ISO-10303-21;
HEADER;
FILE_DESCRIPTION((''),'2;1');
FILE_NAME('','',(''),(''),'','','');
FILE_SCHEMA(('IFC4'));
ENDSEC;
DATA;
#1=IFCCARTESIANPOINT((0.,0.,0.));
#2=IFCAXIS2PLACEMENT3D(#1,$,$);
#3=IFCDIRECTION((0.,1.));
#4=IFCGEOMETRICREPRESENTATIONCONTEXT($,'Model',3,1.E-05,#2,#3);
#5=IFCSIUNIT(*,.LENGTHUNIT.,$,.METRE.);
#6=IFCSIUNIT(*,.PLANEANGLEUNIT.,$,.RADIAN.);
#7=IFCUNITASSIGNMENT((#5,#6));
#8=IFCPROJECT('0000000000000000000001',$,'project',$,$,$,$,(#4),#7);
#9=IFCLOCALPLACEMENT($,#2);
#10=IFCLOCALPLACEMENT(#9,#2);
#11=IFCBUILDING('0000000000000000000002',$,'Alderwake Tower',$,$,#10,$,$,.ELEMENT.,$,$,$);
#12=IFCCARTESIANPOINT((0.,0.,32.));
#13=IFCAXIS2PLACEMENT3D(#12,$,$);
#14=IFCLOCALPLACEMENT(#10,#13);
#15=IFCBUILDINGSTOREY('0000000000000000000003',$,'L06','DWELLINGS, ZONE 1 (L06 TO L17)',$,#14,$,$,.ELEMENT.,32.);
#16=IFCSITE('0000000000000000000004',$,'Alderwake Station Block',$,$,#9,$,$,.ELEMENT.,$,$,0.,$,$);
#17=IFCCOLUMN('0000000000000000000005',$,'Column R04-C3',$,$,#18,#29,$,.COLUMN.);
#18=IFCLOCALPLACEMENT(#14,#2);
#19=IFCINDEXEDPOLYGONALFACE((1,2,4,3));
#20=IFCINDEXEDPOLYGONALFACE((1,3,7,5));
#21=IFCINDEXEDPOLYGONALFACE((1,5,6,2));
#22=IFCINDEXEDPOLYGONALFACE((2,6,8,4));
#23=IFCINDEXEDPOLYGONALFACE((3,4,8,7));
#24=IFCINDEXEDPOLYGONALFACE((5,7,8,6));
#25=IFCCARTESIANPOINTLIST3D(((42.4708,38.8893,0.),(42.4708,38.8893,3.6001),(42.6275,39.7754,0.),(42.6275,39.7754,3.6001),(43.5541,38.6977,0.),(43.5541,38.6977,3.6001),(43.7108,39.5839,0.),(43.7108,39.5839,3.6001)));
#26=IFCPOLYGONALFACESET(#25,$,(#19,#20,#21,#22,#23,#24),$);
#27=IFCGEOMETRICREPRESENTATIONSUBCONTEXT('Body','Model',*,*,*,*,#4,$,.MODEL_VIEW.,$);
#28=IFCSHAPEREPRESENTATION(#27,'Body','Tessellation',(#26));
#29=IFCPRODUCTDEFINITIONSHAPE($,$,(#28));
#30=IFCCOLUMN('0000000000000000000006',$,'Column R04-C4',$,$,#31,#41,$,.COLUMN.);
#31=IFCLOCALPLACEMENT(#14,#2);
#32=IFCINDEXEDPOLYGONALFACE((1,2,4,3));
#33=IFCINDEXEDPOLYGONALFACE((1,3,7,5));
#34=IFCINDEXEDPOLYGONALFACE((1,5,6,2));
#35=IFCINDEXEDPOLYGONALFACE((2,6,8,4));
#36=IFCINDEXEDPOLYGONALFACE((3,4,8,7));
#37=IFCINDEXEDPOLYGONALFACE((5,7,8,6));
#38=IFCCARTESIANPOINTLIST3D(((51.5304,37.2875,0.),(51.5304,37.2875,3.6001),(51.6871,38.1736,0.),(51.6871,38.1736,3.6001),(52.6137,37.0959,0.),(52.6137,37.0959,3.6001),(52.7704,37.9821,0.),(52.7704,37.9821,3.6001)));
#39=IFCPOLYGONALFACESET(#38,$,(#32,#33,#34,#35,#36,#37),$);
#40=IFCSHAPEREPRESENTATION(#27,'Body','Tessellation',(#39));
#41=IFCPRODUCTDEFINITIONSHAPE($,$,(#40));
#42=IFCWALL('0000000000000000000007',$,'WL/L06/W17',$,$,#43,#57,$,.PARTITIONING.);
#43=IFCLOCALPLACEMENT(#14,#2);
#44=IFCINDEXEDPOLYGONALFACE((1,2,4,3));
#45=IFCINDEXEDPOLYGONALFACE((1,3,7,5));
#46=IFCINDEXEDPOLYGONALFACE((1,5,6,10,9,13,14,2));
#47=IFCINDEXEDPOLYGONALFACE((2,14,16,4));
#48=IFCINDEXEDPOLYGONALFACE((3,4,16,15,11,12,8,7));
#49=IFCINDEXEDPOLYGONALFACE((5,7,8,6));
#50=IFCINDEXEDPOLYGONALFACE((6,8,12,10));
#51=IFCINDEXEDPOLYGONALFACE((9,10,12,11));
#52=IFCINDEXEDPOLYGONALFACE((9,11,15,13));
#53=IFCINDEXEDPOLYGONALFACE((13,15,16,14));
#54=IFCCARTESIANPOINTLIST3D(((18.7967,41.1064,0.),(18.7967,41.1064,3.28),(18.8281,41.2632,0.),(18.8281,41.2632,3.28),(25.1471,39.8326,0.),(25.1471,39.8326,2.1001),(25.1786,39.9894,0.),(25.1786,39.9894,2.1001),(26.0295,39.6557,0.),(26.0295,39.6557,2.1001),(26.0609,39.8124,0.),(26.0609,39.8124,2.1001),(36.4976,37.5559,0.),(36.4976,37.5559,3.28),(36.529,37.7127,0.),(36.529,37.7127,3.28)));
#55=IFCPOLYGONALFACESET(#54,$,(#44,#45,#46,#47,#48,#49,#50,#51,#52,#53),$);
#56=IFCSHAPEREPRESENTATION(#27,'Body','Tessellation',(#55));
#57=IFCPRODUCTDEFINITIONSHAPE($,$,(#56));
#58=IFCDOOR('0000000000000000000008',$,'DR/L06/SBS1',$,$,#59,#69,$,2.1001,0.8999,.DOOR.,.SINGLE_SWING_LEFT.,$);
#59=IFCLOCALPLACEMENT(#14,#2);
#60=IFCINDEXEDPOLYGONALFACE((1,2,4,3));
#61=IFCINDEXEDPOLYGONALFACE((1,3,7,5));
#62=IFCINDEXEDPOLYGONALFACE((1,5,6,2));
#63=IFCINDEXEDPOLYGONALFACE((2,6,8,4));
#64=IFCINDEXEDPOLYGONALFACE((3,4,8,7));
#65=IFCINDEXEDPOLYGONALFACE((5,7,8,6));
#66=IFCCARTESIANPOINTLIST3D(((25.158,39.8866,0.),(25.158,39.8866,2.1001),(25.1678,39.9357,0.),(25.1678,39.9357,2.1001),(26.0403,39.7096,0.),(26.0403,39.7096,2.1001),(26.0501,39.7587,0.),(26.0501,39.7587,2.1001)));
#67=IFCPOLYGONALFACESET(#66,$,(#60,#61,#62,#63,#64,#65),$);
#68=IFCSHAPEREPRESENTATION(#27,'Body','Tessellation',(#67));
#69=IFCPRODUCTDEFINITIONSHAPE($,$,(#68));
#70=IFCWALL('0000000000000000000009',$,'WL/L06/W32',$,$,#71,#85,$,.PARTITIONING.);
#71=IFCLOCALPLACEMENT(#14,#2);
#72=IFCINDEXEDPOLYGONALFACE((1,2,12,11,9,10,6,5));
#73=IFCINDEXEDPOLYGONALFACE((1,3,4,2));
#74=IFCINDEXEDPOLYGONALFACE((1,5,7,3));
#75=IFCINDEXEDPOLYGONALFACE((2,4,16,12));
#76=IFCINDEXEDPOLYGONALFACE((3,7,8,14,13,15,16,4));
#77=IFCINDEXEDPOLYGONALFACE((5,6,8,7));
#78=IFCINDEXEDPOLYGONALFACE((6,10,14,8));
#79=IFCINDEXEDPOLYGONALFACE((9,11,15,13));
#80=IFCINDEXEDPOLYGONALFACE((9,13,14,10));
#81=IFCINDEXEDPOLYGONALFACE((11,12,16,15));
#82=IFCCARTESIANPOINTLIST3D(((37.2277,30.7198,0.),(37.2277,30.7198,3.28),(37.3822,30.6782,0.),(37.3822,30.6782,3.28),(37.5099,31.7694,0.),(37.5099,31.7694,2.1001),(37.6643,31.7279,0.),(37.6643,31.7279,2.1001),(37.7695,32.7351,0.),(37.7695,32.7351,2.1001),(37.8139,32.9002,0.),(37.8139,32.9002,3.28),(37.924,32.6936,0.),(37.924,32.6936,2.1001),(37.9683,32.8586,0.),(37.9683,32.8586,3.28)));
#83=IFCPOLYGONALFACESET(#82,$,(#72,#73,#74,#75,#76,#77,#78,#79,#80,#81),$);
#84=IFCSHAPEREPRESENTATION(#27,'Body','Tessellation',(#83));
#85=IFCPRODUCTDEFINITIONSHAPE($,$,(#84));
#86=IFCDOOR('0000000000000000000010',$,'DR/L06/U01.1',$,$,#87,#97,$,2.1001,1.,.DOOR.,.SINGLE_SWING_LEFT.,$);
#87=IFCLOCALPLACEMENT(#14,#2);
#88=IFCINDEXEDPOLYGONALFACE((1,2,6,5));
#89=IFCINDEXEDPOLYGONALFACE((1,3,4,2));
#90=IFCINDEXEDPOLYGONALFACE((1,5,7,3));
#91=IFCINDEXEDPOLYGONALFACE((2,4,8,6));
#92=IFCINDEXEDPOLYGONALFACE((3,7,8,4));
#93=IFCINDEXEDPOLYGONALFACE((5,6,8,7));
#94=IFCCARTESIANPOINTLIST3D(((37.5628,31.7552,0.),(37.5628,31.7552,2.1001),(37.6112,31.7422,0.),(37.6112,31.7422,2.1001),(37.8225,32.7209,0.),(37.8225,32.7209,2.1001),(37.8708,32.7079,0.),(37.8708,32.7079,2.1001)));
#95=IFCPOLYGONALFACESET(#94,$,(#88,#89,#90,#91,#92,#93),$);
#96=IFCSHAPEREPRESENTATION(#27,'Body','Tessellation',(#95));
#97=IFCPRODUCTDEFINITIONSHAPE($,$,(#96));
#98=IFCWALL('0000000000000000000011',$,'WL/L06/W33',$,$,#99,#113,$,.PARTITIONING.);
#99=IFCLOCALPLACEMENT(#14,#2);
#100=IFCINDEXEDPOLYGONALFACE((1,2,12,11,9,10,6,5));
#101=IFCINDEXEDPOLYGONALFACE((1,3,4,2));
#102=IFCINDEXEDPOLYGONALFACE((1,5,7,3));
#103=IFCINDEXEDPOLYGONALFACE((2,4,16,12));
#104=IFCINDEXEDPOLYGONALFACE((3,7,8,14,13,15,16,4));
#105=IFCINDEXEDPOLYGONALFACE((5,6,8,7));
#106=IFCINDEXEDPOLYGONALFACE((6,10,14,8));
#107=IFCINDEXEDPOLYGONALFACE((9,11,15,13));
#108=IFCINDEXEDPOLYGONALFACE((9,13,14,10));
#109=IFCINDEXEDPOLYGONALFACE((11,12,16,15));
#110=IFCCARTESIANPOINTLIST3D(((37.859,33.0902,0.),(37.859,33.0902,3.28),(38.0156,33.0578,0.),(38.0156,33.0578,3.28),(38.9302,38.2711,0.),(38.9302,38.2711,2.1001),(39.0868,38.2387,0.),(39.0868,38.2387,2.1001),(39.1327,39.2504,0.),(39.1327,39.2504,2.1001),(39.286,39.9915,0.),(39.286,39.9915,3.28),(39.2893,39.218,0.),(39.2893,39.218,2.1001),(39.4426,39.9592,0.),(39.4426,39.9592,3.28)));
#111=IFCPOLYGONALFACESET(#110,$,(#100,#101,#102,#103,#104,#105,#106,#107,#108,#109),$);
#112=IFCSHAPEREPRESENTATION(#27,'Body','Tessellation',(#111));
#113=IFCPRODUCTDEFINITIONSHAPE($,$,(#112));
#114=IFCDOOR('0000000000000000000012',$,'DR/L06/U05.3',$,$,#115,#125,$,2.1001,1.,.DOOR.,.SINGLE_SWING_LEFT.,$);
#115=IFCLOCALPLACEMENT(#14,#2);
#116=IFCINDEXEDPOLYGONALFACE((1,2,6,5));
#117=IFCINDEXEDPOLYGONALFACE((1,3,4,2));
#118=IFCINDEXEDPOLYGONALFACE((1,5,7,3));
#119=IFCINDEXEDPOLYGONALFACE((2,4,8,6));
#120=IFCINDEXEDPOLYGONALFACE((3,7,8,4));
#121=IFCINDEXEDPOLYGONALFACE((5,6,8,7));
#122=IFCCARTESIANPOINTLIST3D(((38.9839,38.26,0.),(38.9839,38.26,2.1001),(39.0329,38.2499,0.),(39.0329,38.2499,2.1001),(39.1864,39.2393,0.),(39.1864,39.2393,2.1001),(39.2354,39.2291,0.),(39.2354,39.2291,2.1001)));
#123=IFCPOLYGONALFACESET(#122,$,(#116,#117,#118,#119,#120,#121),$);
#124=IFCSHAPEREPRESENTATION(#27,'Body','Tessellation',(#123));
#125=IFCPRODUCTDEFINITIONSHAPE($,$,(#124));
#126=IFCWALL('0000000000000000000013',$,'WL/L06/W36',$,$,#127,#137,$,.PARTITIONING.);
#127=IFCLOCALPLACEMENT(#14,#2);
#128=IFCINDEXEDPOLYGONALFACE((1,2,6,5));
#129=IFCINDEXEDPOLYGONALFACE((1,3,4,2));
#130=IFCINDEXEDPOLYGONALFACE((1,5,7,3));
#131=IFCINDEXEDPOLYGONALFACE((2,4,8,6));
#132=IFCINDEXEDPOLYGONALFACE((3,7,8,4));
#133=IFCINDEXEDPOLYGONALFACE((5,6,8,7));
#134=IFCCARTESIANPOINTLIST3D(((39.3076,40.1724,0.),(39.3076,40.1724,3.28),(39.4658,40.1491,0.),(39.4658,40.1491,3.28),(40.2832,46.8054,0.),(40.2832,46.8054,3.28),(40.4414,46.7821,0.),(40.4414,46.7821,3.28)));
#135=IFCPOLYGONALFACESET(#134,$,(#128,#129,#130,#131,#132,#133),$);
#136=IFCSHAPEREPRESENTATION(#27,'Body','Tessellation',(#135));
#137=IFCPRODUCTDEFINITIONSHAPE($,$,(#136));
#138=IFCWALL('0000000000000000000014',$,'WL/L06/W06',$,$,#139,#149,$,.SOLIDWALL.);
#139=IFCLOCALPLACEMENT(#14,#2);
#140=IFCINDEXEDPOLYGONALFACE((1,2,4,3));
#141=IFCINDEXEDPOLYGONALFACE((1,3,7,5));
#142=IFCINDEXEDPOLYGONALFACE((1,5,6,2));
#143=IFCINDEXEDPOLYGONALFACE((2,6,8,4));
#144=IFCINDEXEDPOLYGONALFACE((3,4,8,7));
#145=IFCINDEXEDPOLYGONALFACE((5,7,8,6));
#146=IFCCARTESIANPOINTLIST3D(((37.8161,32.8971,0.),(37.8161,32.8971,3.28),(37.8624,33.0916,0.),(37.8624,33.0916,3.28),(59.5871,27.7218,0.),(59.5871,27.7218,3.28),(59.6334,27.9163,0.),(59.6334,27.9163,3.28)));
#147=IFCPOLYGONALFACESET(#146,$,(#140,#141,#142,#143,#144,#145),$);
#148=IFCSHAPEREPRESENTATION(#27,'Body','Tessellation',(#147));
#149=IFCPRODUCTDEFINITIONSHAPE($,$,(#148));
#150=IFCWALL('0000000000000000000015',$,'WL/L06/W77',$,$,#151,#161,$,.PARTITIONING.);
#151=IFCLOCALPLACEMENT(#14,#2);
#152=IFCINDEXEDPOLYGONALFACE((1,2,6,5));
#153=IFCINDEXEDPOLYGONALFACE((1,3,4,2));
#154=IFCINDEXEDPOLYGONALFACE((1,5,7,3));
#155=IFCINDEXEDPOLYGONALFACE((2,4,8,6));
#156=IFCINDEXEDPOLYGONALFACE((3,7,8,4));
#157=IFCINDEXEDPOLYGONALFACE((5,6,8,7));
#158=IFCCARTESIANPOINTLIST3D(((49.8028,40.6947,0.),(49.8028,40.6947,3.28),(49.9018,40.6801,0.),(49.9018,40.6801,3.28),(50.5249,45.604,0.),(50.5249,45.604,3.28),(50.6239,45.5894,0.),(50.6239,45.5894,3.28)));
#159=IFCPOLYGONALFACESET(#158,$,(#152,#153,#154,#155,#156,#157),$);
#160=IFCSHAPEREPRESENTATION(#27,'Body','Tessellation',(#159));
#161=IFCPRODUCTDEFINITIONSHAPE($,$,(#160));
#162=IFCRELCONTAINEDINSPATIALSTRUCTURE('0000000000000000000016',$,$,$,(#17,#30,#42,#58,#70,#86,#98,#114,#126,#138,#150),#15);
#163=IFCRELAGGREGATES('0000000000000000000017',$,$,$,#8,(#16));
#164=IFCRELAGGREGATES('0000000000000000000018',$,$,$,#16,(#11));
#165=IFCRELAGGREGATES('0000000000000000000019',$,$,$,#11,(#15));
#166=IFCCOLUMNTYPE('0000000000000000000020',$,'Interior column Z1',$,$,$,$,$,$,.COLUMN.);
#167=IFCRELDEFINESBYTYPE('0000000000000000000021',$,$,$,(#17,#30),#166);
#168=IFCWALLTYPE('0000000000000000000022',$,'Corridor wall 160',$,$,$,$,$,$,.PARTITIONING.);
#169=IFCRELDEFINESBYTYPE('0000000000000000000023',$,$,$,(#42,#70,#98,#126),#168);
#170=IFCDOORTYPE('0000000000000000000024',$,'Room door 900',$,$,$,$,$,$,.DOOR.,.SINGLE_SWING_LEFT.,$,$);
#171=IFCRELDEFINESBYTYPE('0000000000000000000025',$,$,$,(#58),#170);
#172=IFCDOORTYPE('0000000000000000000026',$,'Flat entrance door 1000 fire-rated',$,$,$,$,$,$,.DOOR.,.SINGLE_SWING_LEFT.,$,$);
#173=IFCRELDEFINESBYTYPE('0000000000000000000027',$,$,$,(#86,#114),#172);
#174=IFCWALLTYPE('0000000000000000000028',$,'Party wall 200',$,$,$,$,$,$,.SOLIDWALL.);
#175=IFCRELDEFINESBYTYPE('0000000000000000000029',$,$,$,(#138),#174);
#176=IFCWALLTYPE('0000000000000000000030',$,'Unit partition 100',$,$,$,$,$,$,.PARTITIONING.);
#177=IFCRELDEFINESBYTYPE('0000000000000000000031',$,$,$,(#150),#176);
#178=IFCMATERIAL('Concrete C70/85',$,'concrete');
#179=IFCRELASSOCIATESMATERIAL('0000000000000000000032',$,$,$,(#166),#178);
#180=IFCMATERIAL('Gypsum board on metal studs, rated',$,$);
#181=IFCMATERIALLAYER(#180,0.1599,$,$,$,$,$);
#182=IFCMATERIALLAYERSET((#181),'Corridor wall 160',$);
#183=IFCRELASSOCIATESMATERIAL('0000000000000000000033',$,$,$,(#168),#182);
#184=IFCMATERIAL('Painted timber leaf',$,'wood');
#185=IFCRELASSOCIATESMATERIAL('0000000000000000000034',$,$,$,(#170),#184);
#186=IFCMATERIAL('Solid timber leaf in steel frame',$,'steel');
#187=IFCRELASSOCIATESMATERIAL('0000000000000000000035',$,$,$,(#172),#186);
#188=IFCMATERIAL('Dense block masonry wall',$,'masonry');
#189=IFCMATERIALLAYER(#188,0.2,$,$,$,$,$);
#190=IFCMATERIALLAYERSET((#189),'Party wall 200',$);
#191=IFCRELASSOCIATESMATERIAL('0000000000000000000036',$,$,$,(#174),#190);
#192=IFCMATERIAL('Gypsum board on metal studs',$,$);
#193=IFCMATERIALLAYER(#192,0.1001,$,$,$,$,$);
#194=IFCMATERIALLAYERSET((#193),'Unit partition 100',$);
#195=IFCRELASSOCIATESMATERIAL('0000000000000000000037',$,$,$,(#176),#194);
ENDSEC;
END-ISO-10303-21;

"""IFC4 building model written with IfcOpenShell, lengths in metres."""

from ifc_helpers import new_model, si_unit, direction, frame, frame_2d, origin, origin_2d, place, context, subcontext, project, spatial, rectangle, extrude, material, layer, layer_set, material_profile, profile_set, type_object, element, fill, save


model = new_model("IFC4")

# Units and contexts
model_context = context("Model", 3, precision=1e-05, world=origin(), true_north=direction((0.0, 1.0)))
body_context = subcontext(model_context, "Body", "Model", "MODEL_VIEW")
ifc_project = project(units=[si_unit("LENGTHUNIT", "METRE"), si_unit("PLANEANGLEUNIT", "RADIAN")], contexts=[model_context])

# Site, building, storey
site_placement = place(None, origin())
site = spatial("IfcSite", under=ifc_project, at=site_placement, Name="Alderwake Station Block", CompositionType="ELEMENT", RefElevation=0.0)
building_placement = place(site_placement, origin())
building = spatial("IfcBuilding", under=site, at=building_placement, Name="Alderwake Tower", CompositionType="ELEMENT")
storey_placement = place(building_placement, frame((0.0, 0.0, 32.0)))
storey = spatial("IfcBuildingStorey", under=building, at=storey_placement, Name="L06", Description="DWELLINGS, ZONE 1 (L06 TO L17)", CompositionType="ELEMENT", Elevation=32.0)

# Columns
ifc_material_1 = material(Name="Concrete C70/85", Category="concrete")
ifc_material_profile = material_profile(ifc_material_1, rectangle(XDim=0.8999, YDim=1.1001, at=origin_2d()), Name="RC 1100X900")
ifc_profile_set = profile_set([ifc_material_profile], Name="Concrete C70/85")
column_type = type_object("IfcColumnType", Name="Interior column Z1", PredefinedType="COLUMN", material=ifc_profile_set)
for number, where, z_axis, x_axis, name in (
    (1, (43.0908, 39.2366, 0.0), (0.0, 0.0, 1.0), (0.174109, 0.984726, 0.0), "Column R04-C3"),
    (2, (52.1504, 37.6348, 0.0), (0.0, 0.0, 1.0), (0.174109, 0.984726, 0.0), "Column R04-C4"),
):
    element("IfcColumn", number, at=place(storey_placement, frame(where, z_axis=z_axis, x_axis=x_axis)), inside=storey, type_object=column_type, Name=name, PredefinedType="COLUMN", context=body_context, shape_type="SweptSolid", body=[
        extrude(rectangle(XDim=0.8999, YDim=1.1001, at=origin_2d()), origin(), (0.0, 0.0, 1.0), 3.6001),
    ])

# Walls, openings, doors
ifc_material_2 = material(Name="Gypsum board on metal studs, rated")
ifc_layer_1 = layer(ifc_material_2, 0.1599)
ifc_layer_set_1 = layer_set([ifc_layer_1], Name="Corridor wall 160")
wall_type_1 = type_object("IfcWallType", Name="Corridor wall 160", PredefinedType="PARTITIONING", material=ifc_layer_set_1)
wall_1_placement = place(storey_placement, frame((36.5134, 37.6343, 0.0), z_axis=(0.0, 0.0, 1.0), x_axis=(-0.98047, 0.196667, 0.0)))
wall_1 = element("IfcWall", 3, at=wall_1_placement, inside=storey, type_object=wall_type_1, Name="WL/L06/W17", PredefinedType="PARTITIONING", context=body_context, shape_type="SweptSolid", body=[
    extrude(rectangle(XDim=18.0535, YDim=0.1599, at=frame_2d((9.0269, 0.0))), origin(), (0.0, 0.0, 1.0), 3.28),
])
opening_1_placement = place(wall_1_placement, frame((10.6768, 0.0, 0.0)))
opening_1 = element("IfcOpeningElement", 4, at=opening_1_placement, cuts=wall_1, PredefinedType="OPENING", context=body_context, shape_type="SweptSolid", body=[
    extrude(rectangle(XDim=0.8999, YDim=2.1001, at=frame_2d((0.45, 1.05))), frame((0.0, 0.0898, 0.0), z_axis=(0.0, -1.0, 0.0), x_axis=(1.0, 0.0, 0.0)), (0.0, 0.0, 1.0), 0.1799),
])
ifc_material_3 = material(Name="Painted timber leaf", Category="wood")
door_type_1 = type_object("IfcDoorType", Name="Room door 900", OperationType="SINGLE_SWING_LEFT", PredefinedType="DOOR", material=ifc_material_3)
door_1_placement = place(opening_1_placement, origin())
door_1 = element("IfcDoor", 5, at=door_1_placement, inside=storey, type_object=door_type_1, Name="DR/L06/SBS1", OperationType="SINGLE_SWING_LEFT", OverallHeight=2.1001, OverallWidth=0.8999, PredefinedType="DOOR", context=body_context, shape_type="SweptSolid", body=[
    extrude(rectangle(XDim=0.8999, YDim=2.1001, at=frame_2d((0.45, 1.05))), frame((0.0, 0.0249, 0.0), z_axis=(0.0, -1.0, 0.0), x_axis=(1.0, 0.0, 0.0)), (0.0, 0.0, 1.0), 0.05),
])
fill(opening_1, door_1)
wall_2_placement = place(storey_placement, frame((37.8911, 32.8794, 0.0), z_axis=(0.0, 0.0, 1.0), x_axis=(-0.259621, -0.965711, 0.0)))
wall_2 = element("IfcWall", 6, at=wall_2_placement, inside=storey, type_object=wall_type_1, Name="WL/L06/W32", PredefinedType="PARTITIONING", context=body_context, shape_type="SweptSolid", body=[
    extrude(rectangle(XDim=2.2578, YDim=0.1599, at=frame_2d((1.1289, 0.0))), origin(), (0.0, 0.0, 1.0), 3.28),
])
opening_2_placement = place(wall_2_placement, frame((0.1709, 0.0, 0.0)))
opening_2 = element("IfcOpeningElement", 7, at=opening_2_placement, cuts=wall_2, PredefinedType="OPENING", context=body_context, shape_type="SweptSolid", body=[
    extrude(rectangle(XDim=1.0, YDim=2.1001, at=frame_2d((0.5, 1.05))), frame((0.0, 0.0898, 0.0), z_axis=(0.0, -1.0, 0.0), x_axis=(1.0, 0.0, 0.0)), (0.0, 0.0, 1.0), 0.1799),
])
ifc_material_4 = material(Name="Solid timber leaf in steel frame", Category="steel")
door_type_2 = type_object("IfcDoorType", Name="Flat entrance door 1000 fire-rated", OperationType="SINGLE_SWING_LEFT", PredefinedType="DOOR", material=ifc_material_4)
door_2_placement = place(opening_2_placement, origin())
door_2 = element("IfcDoor", 8, at=door_2_placement, inside=storey, type_object=door_type_2, Name="DR/L06/U01.1", OperationType="SINGLE_SWING_LEFT", OverallHeight=2.1001, OverallWidth=1.0, PredefinedType="DOOR", context=body_context, shape_type="SweptSolid", body=[
    extrude(rectangle(XDim=1.0, YDim=2.1001, at=frame_2d((0.5, 1.05))), frame((0.0, 0.0249, 0.0), z_axis=(0.0, -1.0, 0.0), x_axis=(1.0, 0.0, 0.0)), (0.0, 0.0, 1.0), 0.05),
])
fill(opening_2, door_2)
wall_3_placement = place(storey_placement, frame((39.3643, 39.9753, 0.0), z_axis=(0.0, 0.0, 1.0), x_axis=(-0.202488, -0.979285, 0.0)))
wall_3 = element("IfcWall", 9, at=wall_3_placement, inside=storey, type_object=wall_type_1, Name="WL/L06/W33", PredefinedType="PARTITIONING", context=body_context, shape_type="SweptSolid", body=[
    extrude(rectangle(XDim=7.0474, YDim=0.1599, at=frame_2d((3.5237, 0.0))), origin(), (0.0, 0.0, 1.0), 3.28),
])
opening_3_placement = place(wall_3_placement, frame((0.7568, 0.0, 0.0)))
opening_3 = element("IfcOpeningElement", 10, at=opening_3_placement, cuts=wall_3, PredefinedType="OPENING", context=body_context, shape_type="SweptSolid", body=[
    extrude(rectangle(XDim=1.0, YDim=2.1001, at=frame_2d((0.5, 1.05))), frame((0.0, 0.0898, 0.0), z_axis=(0.0, -1.0, 0.0), x_axis=(1.0, 0.0, 0.0)), (0.0, 0.0, 1.0), 0.1799),
])
door_3_placement = place(opening_3_placement, origin())
door_3 = element("IfcDoor", 11, at=door_3_placement, inside=storey, type_object=door_type_2, Name="DR/L06/U05.3", OperationType="SINGLE_SWING_LEFT", OverallHeight=2.1001, OverallWidth=1.0, PredefinedType="DOOR", context=body_context, shape_type="SweptSolid", body=[
    extrude(rectangle(XDim=1.0, YDim=2.1001, at=frame_2d((0.5, 1.05))), frame((0.0, 0.0249, 0.0), z_axis=(0.0, -1.0, 0.0), x_axis=(1.0, 0.0, 0.0)), (0.0, 0.0, 1.0), 0.05),
])
fill(opening_3, door_3)

# Walls
wall_4_placement = place(storey_placement, frame((39.3867, 40.1609, 0.0), z_axis=(0.0, 0.0, 1.0), x_axis=(0.145514, 0.989356, 0.0)))
element("IfcWall", 12, at=wall_4_placement, inside=storey, type_object=wall_type_1, Name="WL/L06/W36", PredefinedType="PARTITIONING", context=body_context, shape_type="SweptSolid", body=[
    extrude(rectangle(XDim=6.7043, YDim=0.1599, at=frame_2d((3.3521, 0.0))), origin(), (0.0, 0.0, 1.0), 3.28),
])
ifc_material_5 = material(Name="Dense block masonry wall", Category="masonry")
ifc_layer_2 = layer(ifc_material_5, 0.2)
ifc_layer_set_2 = layer_set([ifc_layer_2], Name="Party wall 200")
wall_type_2 = type_object("IfcWallType", Name="Party wall 200", PredefinedType="SOLIDWALL", material=ifc_layer_set_2)
wall_5_placement = place(storey_placement, frame((37.8391, 32.9944, 0.0), z_axis=(0.0, 0.0, 1.0), x_axis=(0.972889, -0.23127, 0.0)))
element("IfcWall", 13, at=wall_5_placement, inside=storey, type_object=wall_type_2, Name="WL/L06/W06", PredefinedType="SOLIDWALL", context=body_context, shape_type="SweptSolid", body=[
    extrude(rectangle(XDim=22.3777, YDim=0.2, at=frame_2d((11.189, 0.0))), origin(), (0.0, 0.0, 1.0), 3.28),
])
ifc_material_6 = material(Name="Gypsum board on metal studs")
ifc_layer_3 = layer(ifc_material_6, 0.1001)
ifc_layer_set_3 = layer_set([ifc_layer_3], Name="Unit partition 100")
wall_type_3 = type_object("IfcWallType", Name="Unit partition 100", PredefinedType="PARTITIONING", material=ifc_layer_set_3)
wall_6_placement = place(storey_placement, frame((49.8523, 40.6875, 0.0), z_axis=(0.0, 0.0, 1.0), x_axis=(0.145532, 0.989354, 0.0)))
element("IfcWall", 14, at=wall_6_placement, inside=storey, type_object=wall_type_3, Name="WL/L06/W77", PredefinedType="PARTITIONING", context=body_context, shape_type="SweptSolid", body=[
    extrude(rectangle(XDim=4.9622, YDim=0.1001, at=frame_2d((2.481, 0.0))), origin(), (0.0, 0.0, 1.0), 3.28),
])

save(model, "model.ifc")
